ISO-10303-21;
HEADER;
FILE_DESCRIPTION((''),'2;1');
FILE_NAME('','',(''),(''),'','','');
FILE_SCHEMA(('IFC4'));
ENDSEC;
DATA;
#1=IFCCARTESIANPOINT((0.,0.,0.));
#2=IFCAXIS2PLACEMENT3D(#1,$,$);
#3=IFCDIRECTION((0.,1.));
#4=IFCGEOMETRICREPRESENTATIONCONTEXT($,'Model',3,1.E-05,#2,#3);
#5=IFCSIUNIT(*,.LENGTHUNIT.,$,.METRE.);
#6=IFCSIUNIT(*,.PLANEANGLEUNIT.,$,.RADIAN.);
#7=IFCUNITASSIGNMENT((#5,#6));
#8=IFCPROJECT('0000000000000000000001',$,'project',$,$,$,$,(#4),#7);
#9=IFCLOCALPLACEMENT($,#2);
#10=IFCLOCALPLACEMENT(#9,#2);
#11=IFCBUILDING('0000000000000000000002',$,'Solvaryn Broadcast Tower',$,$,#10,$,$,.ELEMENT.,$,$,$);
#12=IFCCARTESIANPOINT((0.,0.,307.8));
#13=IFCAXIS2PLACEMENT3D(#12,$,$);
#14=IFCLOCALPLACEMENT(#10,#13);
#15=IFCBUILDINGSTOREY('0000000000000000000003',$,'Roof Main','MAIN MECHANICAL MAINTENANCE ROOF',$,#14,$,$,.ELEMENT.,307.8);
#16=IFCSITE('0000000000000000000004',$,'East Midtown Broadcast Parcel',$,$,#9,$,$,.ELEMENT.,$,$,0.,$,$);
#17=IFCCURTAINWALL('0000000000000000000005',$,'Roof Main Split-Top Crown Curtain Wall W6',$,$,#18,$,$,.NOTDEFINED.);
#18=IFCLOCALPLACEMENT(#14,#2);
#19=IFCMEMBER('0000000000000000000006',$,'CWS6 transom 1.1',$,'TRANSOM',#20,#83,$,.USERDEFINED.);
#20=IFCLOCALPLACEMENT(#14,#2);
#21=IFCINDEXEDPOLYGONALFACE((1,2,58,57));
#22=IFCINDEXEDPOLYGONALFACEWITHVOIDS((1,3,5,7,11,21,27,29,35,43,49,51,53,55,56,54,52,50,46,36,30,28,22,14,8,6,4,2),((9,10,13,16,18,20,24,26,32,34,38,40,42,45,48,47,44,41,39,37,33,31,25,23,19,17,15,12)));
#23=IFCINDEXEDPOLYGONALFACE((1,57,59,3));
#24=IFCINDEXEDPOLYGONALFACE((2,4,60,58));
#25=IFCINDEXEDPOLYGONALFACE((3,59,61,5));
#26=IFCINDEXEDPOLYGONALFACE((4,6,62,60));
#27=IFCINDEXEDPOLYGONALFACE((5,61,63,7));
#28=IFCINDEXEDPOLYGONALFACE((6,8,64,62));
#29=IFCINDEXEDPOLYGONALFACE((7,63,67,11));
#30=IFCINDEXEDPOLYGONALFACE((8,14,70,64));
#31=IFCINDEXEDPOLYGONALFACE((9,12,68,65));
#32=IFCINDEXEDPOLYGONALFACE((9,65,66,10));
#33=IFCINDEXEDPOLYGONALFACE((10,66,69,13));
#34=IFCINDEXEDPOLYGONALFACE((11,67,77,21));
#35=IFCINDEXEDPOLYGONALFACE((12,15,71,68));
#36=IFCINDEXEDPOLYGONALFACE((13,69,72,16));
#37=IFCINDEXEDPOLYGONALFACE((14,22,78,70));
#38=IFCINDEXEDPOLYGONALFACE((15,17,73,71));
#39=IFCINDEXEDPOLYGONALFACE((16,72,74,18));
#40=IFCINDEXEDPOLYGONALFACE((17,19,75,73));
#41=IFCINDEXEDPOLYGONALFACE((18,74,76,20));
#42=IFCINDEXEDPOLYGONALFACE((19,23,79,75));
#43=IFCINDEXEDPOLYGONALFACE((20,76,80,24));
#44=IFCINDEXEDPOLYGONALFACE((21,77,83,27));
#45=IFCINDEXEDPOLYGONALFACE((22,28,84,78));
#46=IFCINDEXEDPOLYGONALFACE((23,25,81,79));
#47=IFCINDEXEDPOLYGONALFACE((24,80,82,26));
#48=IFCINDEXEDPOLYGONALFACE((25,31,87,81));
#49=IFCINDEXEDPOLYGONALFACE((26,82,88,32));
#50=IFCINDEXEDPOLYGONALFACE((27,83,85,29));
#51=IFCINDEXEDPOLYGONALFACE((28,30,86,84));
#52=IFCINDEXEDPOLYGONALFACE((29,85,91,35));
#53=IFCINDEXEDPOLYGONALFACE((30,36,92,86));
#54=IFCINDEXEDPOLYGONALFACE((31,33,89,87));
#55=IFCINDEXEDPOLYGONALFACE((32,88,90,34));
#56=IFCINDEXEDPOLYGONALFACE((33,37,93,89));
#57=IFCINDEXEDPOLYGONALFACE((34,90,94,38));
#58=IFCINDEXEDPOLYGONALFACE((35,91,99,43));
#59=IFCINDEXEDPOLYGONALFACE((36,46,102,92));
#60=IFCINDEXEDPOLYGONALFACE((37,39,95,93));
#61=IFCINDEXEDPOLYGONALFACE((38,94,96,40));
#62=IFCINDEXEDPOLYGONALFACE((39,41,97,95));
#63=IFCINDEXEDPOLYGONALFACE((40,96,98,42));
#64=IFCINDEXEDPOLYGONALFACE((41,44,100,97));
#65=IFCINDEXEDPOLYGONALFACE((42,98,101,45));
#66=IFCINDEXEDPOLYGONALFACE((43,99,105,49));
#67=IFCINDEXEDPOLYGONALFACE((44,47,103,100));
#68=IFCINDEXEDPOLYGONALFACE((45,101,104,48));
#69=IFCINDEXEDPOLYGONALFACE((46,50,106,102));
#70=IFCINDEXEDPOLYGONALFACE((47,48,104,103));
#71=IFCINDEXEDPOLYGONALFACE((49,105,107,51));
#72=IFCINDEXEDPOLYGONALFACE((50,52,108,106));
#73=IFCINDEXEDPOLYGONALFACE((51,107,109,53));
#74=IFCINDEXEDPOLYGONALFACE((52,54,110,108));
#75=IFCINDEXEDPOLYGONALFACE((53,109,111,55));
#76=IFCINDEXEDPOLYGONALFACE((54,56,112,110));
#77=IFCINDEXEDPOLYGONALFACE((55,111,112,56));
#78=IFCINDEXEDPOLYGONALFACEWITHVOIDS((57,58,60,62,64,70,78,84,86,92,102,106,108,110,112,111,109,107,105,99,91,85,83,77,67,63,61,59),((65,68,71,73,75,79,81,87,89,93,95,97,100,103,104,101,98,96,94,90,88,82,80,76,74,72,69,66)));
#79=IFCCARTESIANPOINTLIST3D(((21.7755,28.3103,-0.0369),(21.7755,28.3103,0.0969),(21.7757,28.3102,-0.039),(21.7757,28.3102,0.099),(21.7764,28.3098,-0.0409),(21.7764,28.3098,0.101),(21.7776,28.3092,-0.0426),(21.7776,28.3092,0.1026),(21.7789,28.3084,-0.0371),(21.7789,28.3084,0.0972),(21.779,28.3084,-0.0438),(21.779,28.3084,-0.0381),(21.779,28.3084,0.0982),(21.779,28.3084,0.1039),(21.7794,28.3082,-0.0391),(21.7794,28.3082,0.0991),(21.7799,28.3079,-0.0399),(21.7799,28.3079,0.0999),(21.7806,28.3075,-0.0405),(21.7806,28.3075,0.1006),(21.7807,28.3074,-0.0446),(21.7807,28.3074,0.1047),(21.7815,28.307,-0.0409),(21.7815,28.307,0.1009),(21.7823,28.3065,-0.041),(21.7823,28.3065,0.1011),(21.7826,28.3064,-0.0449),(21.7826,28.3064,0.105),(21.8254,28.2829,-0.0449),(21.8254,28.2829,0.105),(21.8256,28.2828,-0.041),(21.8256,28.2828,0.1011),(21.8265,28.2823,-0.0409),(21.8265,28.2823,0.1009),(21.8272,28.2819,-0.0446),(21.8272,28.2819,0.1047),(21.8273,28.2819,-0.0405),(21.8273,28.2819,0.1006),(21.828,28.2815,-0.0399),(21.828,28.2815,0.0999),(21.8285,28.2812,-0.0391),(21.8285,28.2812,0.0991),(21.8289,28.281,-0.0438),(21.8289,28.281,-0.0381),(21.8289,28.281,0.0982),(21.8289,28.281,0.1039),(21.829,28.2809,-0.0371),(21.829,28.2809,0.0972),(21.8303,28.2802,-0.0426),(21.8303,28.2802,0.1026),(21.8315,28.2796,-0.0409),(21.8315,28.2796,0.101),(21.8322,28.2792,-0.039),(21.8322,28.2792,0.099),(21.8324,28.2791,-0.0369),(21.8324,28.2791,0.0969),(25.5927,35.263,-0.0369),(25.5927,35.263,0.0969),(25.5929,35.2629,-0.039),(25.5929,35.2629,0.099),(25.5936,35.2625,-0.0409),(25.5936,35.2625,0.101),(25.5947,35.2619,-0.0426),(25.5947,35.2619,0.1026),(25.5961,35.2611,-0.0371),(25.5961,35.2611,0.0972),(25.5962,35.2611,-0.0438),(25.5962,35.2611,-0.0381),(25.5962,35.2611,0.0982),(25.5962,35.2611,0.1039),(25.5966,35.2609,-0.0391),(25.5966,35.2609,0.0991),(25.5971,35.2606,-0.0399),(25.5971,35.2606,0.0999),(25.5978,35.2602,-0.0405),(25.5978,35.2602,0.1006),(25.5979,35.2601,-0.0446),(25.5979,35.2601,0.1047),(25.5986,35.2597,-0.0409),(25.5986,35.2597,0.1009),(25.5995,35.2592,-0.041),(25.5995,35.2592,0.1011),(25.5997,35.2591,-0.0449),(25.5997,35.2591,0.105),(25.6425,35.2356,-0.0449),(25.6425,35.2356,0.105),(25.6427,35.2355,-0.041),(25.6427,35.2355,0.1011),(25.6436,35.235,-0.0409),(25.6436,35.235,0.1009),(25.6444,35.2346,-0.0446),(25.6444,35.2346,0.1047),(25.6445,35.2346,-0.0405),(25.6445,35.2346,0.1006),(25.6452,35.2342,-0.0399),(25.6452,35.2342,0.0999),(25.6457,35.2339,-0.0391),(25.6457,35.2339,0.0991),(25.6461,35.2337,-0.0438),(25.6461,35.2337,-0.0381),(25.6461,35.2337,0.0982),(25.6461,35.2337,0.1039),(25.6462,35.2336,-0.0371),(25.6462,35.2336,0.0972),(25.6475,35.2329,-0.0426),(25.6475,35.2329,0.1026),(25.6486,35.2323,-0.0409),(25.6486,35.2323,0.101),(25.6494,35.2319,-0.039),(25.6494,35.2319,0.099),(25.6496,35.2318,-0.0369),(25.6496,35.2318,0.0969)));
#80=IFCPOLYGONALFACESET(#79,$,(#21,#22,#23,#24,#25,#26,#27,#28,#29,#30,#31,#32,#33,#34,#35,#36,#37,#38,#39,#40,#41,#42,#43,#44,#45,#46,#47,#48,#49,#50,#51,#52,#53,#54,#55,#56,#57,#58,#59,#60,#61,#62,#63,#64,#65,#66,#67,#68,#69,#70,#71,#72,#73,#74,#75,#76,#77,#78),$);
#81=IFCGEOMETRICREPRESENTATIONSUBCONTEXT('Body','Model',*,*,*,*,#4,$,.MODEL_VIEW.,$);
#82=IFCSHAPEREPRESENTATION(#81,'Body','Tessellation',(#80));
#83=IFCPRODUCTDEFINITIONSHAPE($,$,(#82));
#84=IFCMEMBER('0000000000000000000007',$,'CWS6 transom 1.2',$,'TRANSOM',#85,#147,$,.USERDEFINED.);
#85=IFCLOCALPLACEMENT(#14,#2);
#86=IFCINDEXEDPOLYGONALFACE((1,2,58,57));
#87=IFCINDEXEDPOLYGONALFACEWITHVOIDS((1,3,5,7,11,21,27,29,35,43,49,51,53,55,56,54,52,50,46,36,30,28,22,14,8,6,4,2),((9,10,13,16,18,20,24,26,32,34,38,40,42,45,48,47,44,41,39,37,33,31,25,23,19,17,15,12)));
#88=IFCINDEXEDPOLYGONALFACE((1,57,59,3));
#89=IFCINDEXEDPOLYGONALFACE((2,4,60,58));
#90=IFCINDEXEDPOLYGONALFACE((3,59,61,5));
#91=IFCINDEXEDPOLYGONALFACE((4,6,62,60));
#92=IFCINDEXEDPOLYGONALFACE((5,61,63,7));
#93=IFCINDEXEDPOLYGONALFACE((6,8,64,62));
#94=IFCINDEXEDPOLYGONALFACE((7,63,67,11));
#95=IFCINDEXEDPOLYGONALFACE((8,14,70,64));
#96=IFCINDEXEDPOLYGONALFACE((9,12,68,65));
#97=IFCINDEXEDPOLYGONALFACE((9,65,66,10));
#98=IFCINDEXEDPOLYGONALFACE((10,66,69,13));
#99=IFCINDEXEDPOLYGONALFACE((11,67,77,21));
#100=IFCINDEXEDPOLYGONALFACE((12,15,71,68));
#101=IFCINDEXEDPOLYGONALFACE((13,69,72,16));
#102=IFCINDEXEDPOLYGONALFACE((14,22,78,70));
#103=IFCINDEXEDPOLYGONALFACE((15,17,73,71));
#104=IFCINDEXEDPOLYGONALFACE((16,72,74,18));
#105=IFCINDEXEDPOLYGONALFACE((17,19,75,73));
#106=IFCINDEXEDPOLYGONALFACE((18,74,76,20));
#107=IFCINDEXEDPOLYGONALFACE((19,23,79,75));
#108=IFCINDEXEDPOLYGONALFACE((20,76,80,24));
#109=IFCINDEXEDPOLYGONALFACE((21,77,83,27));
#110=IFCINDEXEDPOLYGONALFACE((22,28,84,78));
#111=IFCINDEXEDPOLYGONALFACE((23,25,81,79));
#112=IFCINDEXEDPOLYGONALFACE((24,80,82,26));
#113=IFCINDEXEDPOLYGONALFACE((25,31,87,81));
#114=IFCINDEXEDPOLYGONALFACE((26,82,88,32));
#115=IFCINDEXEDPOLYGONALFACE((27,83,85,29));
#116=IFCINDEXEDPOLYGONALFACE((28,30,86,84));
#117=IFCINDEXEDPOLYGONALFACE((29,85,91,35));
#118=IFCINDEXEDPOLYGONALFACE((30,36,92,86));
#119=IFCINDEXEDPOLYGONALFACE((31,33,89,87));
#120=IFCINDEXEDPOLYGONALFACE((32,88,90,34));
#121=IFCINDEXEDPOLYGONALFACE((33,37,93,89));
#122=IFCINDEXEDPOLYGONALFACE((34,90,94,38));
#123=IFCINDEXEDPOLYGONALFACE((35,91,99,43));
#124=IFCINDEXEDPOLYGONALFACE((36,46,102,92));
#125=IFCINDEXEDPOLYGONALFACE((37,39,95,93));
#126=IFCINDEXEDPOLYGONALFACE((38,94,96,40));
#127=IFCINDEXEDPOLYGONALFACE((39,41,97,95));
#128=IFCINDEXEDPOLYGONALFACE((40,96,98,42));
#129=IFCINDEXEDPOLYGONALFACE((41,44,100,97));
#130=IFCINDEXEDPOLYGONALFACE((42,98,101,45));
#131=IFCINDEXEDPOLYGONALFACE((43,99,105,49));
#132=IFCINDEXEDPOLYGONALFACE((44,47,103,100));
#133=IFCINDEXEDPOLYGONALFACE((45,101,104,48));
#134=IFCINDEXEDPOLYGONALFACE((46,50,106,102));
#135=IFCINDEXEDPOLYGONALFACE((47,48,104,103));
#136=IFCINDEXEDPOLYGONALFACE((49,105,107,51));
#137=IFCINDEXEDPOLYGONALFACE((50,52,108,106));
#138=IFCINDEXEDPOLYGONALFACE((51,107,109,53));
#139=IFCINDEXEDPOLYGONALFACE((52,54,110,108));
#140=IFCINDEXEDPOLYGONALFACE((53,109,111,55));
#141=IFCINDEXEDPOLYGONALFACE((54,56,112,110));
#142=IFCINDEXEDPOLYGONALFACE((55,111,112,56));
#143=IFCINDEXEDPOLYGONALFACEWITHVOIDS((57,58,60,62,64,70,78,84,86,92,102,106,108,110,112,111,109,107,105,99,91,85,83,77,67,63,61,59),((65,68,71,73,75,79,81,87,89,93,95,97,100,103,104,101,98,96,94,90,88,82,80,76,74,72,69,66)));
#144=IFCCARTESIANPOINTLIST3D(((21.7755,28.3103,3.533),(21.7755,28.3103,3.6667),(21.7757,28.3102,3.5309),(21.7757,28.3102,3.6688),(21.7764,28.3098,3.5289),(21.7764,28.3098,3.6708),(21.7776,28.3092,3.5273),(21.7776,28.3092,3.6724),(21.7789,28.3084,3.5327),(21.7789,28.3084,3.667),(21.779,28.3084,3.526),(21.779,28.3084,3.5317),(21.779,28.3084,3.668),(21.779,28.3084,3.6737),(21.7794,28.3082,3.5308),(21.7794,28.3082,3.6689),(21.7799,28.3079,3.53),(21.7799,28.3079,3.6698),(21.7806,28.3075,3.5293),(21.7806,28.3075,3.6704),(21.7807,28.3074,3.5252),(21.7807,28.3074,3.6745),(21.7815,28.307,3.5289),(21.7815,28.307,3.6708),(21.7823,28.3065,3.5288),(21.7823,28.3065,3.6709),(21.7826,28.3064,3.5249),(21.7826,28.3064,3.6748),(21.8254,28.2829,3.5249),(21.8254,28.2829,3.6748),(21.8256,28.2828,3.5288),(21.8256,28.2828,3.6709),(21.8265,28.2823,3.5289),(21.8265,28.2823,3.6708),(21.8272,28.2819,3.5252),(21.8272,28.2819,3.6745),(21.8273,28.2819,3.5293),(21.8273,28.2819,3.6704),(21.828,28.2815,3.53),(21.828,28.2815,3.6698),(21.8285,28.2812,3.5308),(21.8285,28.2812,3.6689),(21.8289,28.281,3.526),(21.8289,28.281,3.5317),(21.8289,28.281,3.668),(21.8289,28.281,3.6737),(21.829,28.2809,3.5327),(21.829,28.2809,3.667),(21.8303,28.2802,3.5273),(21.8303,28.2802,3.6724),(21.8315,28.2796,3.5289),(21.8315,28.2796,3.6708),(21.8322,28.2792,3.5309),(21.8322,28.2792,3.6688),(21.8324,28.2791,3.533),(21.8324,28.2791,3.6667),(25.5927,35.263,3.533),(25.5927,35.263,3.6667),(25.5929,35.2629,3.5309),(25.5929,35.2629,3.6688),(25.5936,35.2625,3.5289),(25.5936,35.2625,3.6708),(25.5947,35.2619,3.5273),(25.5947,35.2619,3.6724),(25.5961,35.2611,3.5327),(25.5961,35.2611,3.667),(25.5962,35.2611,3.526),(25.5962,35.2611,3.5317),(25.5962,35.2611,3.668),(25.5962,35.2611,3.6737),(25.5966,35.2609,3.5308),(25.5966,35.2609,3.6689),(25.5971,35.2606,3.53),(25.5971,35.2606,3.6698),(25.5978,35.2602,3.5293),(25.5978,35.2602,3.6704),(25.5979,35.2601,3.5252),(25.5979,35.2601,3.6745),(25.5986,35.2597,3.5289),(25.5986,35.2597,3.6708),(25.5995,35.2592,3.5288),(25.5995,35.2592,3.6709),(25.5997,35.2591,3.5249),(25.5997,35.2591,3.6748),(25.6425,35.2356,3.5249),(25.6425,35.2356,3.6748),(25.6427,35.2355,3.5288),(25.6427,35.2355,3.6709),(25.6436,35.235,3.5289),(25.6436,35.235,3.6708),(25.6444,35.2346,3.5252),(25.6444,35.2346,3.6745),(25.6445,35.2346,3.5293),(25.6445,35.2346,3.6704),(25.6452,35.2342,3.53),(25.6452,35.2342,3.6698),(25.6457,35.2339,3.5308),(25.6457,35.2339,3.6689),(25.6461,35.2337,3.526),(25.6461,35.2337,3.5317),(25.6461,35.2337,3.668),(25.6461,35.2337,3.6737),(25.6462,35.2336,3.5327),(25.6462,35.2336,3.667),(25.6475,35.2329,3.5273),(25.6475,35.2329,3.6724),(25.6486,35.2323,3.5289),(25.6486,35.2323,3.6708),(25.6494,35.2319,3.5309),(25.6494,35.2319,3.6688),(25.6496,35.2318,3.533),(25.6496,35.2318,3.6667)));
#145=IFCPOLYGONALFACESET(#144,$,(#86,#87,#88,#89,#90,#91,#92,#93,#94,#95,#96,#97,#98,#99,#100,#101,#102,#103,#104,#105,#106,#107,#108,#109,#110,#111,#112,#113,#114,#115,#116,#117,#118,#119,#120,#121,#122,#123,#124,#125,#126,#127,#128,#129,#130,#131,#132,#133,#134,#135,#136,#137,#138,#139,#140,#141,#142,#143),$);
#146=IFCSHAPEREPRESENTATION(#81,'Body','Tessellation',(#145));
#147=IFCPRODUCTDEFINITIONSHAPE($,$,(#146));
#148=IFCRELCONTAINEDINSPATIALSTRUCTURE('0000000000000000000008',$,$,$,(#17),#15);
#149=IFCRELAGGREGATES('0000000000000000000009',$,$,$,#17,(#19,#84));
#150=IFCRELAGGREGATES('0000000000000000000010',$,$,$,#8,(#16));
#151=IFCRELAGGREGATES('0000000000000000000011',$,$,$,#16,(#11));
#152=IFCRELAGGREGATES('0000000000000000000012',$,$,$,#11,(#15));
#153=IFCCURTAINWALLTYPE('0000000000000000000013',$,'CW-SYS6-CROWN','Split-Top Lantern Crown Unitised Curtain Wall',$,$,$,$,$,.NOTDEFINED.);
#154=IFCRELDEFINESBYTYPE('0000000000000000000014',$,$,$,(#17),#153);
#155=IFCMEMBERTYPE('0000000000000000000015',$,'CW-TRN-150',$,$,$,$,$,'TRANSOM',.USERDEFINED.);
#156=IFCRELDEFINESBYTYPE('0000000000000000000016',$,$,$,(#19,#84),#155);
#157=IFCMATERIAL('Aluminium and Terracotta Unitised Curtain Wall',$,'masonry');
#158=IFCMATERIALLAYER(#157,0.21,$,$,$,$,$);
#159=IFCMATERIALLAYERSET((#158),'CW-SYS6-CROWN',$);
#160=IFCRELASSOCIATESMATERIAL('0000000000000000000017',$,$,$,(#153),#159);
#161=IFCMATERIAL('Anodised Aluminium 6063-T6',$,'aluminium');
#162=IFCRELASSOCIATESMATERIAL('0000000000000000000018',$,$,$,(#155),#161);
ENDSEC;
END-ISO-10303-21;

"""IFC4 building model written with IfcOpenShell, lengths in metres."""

from ifc_helpers import new_model, si_unit, direction, frame, origin, origin_2d, place, context, subcontext, project, spatial, hollow_rectangle, extrude, material, layer, layer_set, material_profile, profile_set, type_object, element, aggregate, save


model = new_model("IFC4")

# Units and contexts
model_context = context("Model", 3, precision=1e-05, world=origin(), true_north=direction((0.0, 1.0)))
body_context = subcontext(model_context, "Body", "Model", "MODEL_VIEW")
ifc_project = project(units=[si_unit("LENGTHUNIT", "METRE"), si_unit("PLANEANGLEUNIT", "RADIAN")], contexts=[model_context])

# Site, building, storey
site_placement = place(None, origin())
site = spatial("IfcSite", under=ifc_project, at=site_placement, Name="East Midtown Broadcast Parcel", CompositionType="ELEMENT", RefElevation=0.0)
building_placement = place(site_placement, origin())
building = spatial("IfcBuilding", under=site, at=building_placement, Name="Solvaryn Broadcast Tower", CompositionType="ELEMENT")
storey_placement = place(building_placement, frame((0.0, 0.0, 307.8)))
storey = spatial("IfcBuildingStorey", under=building, at=storey_placement, Name="Roof Main", Description="MAIN MECHANICAL MAINTENANCE ROOF", CompositionType="ELEMENT", Elevation=307.8)

# Shared definitions
ifc_material_1 = material(Name="Aluminium and Terracotta Unitised Curtain Wall", Category="masonry")
ifc_layer_1 = layer(ifc_material_1, 0.21)
ifc_layer_set_1 = layer_set([ifc_layer_1], Name="CW-SYS6-CROWN")
curtain_wall_type = type_object("IfcCurtainWallType", Name="CW-SYS6-CROWN", Description="Split-Top Lantern Crown Unitised Curtain Wall", PredefinedType="NOTDEFINED", material=ifc_layer_set_1)

# Curtain wall
curtain_wall_1_placement = place(storey_placement, origin())
curtain_wall_1 = element("IfcCurtainWall", 1, at=curtain_wall_1_placement, inside=storey, type_object=curtain_wall_type, Name="Roof Main Split-Top Crown Curtain Wall W6", PredefinedType="NOTDEFINED")

# Members
ifc_material_2 = material(Name="Anodised Aluminium 6063-T6", Category="aluminium")
ifc_material_profile_1 = material_profile(ifc_material_2, hollow_rectangle(XDim=0.0649, YDim=0.1499, WallThickness=0.0039, InnerFilletRadius=0.0039, OuterFilletRadius=0.0081, at=origin_2d()))
ifc_profile_set_1 = profile_set([ifc_material_profile_1], Name="Anodised Aluminium 6063-T6")
member_type_1 = type_object("IfcMemberType", Name="CW-TRN-150", ElementType="TRANSOM", PredefinedType="USERDEFINED", material=ifc_profile_set_1)
member_1_placement = place(storey_placement, frame((21.804, 28.2947, 0.03), z_axis=(0.481259, 0.876578, 0.0), x_axis=(-0.876578, 0.481259, 0.0)))
member_1 = element("IfcMember", 2, at=member_1_placement, type_object=member_type_1, Name="CWS6 transom 1.1", ObjectType="TRANSOM", PredefinedType="USERDEFINED", context=body_context, shape_type="SweptSolid", body=[
    extrude(hollow_rectangle(XDim=0.0649, YDim=0.1499, WallThickness=0.0039, InnerFilletRadius=0.0039, OuterFilletRadius=0.0081, at=origin_2d()), origin(), (0.0, 0.0, 1.0), 7.9316),
])
member_2_placement = place(storey_placement, frame((21.804, 28.2947, 3.5999), z_axis=(0.481259, 0.876578, 0.0), x_axis=(-0.876578, 0.481259, 0.0)))
member_2 = element("IfcMember", 3, at=member_2_placement, type_object=member_type_1, Name="CWS6 transom 1.2", ObjectType="TRANSOM", PredefinedType="USERDEFINED", context=body_context, shape_type="SweptSolid", body=[
    extrude(hollow_rectangle(XDim=0.0649, YDim=0.1499, WallThickness=0.0039, InnerFilletRadius=0.0039, OuterFilletRadius=0.0081, at=origin_2d()), origin(), (0.0, 0.0, 1.0), 7.9316),
])

aggregate(curtain_wall_1, [member_1, member_2])

save(model, "model.ifc")
